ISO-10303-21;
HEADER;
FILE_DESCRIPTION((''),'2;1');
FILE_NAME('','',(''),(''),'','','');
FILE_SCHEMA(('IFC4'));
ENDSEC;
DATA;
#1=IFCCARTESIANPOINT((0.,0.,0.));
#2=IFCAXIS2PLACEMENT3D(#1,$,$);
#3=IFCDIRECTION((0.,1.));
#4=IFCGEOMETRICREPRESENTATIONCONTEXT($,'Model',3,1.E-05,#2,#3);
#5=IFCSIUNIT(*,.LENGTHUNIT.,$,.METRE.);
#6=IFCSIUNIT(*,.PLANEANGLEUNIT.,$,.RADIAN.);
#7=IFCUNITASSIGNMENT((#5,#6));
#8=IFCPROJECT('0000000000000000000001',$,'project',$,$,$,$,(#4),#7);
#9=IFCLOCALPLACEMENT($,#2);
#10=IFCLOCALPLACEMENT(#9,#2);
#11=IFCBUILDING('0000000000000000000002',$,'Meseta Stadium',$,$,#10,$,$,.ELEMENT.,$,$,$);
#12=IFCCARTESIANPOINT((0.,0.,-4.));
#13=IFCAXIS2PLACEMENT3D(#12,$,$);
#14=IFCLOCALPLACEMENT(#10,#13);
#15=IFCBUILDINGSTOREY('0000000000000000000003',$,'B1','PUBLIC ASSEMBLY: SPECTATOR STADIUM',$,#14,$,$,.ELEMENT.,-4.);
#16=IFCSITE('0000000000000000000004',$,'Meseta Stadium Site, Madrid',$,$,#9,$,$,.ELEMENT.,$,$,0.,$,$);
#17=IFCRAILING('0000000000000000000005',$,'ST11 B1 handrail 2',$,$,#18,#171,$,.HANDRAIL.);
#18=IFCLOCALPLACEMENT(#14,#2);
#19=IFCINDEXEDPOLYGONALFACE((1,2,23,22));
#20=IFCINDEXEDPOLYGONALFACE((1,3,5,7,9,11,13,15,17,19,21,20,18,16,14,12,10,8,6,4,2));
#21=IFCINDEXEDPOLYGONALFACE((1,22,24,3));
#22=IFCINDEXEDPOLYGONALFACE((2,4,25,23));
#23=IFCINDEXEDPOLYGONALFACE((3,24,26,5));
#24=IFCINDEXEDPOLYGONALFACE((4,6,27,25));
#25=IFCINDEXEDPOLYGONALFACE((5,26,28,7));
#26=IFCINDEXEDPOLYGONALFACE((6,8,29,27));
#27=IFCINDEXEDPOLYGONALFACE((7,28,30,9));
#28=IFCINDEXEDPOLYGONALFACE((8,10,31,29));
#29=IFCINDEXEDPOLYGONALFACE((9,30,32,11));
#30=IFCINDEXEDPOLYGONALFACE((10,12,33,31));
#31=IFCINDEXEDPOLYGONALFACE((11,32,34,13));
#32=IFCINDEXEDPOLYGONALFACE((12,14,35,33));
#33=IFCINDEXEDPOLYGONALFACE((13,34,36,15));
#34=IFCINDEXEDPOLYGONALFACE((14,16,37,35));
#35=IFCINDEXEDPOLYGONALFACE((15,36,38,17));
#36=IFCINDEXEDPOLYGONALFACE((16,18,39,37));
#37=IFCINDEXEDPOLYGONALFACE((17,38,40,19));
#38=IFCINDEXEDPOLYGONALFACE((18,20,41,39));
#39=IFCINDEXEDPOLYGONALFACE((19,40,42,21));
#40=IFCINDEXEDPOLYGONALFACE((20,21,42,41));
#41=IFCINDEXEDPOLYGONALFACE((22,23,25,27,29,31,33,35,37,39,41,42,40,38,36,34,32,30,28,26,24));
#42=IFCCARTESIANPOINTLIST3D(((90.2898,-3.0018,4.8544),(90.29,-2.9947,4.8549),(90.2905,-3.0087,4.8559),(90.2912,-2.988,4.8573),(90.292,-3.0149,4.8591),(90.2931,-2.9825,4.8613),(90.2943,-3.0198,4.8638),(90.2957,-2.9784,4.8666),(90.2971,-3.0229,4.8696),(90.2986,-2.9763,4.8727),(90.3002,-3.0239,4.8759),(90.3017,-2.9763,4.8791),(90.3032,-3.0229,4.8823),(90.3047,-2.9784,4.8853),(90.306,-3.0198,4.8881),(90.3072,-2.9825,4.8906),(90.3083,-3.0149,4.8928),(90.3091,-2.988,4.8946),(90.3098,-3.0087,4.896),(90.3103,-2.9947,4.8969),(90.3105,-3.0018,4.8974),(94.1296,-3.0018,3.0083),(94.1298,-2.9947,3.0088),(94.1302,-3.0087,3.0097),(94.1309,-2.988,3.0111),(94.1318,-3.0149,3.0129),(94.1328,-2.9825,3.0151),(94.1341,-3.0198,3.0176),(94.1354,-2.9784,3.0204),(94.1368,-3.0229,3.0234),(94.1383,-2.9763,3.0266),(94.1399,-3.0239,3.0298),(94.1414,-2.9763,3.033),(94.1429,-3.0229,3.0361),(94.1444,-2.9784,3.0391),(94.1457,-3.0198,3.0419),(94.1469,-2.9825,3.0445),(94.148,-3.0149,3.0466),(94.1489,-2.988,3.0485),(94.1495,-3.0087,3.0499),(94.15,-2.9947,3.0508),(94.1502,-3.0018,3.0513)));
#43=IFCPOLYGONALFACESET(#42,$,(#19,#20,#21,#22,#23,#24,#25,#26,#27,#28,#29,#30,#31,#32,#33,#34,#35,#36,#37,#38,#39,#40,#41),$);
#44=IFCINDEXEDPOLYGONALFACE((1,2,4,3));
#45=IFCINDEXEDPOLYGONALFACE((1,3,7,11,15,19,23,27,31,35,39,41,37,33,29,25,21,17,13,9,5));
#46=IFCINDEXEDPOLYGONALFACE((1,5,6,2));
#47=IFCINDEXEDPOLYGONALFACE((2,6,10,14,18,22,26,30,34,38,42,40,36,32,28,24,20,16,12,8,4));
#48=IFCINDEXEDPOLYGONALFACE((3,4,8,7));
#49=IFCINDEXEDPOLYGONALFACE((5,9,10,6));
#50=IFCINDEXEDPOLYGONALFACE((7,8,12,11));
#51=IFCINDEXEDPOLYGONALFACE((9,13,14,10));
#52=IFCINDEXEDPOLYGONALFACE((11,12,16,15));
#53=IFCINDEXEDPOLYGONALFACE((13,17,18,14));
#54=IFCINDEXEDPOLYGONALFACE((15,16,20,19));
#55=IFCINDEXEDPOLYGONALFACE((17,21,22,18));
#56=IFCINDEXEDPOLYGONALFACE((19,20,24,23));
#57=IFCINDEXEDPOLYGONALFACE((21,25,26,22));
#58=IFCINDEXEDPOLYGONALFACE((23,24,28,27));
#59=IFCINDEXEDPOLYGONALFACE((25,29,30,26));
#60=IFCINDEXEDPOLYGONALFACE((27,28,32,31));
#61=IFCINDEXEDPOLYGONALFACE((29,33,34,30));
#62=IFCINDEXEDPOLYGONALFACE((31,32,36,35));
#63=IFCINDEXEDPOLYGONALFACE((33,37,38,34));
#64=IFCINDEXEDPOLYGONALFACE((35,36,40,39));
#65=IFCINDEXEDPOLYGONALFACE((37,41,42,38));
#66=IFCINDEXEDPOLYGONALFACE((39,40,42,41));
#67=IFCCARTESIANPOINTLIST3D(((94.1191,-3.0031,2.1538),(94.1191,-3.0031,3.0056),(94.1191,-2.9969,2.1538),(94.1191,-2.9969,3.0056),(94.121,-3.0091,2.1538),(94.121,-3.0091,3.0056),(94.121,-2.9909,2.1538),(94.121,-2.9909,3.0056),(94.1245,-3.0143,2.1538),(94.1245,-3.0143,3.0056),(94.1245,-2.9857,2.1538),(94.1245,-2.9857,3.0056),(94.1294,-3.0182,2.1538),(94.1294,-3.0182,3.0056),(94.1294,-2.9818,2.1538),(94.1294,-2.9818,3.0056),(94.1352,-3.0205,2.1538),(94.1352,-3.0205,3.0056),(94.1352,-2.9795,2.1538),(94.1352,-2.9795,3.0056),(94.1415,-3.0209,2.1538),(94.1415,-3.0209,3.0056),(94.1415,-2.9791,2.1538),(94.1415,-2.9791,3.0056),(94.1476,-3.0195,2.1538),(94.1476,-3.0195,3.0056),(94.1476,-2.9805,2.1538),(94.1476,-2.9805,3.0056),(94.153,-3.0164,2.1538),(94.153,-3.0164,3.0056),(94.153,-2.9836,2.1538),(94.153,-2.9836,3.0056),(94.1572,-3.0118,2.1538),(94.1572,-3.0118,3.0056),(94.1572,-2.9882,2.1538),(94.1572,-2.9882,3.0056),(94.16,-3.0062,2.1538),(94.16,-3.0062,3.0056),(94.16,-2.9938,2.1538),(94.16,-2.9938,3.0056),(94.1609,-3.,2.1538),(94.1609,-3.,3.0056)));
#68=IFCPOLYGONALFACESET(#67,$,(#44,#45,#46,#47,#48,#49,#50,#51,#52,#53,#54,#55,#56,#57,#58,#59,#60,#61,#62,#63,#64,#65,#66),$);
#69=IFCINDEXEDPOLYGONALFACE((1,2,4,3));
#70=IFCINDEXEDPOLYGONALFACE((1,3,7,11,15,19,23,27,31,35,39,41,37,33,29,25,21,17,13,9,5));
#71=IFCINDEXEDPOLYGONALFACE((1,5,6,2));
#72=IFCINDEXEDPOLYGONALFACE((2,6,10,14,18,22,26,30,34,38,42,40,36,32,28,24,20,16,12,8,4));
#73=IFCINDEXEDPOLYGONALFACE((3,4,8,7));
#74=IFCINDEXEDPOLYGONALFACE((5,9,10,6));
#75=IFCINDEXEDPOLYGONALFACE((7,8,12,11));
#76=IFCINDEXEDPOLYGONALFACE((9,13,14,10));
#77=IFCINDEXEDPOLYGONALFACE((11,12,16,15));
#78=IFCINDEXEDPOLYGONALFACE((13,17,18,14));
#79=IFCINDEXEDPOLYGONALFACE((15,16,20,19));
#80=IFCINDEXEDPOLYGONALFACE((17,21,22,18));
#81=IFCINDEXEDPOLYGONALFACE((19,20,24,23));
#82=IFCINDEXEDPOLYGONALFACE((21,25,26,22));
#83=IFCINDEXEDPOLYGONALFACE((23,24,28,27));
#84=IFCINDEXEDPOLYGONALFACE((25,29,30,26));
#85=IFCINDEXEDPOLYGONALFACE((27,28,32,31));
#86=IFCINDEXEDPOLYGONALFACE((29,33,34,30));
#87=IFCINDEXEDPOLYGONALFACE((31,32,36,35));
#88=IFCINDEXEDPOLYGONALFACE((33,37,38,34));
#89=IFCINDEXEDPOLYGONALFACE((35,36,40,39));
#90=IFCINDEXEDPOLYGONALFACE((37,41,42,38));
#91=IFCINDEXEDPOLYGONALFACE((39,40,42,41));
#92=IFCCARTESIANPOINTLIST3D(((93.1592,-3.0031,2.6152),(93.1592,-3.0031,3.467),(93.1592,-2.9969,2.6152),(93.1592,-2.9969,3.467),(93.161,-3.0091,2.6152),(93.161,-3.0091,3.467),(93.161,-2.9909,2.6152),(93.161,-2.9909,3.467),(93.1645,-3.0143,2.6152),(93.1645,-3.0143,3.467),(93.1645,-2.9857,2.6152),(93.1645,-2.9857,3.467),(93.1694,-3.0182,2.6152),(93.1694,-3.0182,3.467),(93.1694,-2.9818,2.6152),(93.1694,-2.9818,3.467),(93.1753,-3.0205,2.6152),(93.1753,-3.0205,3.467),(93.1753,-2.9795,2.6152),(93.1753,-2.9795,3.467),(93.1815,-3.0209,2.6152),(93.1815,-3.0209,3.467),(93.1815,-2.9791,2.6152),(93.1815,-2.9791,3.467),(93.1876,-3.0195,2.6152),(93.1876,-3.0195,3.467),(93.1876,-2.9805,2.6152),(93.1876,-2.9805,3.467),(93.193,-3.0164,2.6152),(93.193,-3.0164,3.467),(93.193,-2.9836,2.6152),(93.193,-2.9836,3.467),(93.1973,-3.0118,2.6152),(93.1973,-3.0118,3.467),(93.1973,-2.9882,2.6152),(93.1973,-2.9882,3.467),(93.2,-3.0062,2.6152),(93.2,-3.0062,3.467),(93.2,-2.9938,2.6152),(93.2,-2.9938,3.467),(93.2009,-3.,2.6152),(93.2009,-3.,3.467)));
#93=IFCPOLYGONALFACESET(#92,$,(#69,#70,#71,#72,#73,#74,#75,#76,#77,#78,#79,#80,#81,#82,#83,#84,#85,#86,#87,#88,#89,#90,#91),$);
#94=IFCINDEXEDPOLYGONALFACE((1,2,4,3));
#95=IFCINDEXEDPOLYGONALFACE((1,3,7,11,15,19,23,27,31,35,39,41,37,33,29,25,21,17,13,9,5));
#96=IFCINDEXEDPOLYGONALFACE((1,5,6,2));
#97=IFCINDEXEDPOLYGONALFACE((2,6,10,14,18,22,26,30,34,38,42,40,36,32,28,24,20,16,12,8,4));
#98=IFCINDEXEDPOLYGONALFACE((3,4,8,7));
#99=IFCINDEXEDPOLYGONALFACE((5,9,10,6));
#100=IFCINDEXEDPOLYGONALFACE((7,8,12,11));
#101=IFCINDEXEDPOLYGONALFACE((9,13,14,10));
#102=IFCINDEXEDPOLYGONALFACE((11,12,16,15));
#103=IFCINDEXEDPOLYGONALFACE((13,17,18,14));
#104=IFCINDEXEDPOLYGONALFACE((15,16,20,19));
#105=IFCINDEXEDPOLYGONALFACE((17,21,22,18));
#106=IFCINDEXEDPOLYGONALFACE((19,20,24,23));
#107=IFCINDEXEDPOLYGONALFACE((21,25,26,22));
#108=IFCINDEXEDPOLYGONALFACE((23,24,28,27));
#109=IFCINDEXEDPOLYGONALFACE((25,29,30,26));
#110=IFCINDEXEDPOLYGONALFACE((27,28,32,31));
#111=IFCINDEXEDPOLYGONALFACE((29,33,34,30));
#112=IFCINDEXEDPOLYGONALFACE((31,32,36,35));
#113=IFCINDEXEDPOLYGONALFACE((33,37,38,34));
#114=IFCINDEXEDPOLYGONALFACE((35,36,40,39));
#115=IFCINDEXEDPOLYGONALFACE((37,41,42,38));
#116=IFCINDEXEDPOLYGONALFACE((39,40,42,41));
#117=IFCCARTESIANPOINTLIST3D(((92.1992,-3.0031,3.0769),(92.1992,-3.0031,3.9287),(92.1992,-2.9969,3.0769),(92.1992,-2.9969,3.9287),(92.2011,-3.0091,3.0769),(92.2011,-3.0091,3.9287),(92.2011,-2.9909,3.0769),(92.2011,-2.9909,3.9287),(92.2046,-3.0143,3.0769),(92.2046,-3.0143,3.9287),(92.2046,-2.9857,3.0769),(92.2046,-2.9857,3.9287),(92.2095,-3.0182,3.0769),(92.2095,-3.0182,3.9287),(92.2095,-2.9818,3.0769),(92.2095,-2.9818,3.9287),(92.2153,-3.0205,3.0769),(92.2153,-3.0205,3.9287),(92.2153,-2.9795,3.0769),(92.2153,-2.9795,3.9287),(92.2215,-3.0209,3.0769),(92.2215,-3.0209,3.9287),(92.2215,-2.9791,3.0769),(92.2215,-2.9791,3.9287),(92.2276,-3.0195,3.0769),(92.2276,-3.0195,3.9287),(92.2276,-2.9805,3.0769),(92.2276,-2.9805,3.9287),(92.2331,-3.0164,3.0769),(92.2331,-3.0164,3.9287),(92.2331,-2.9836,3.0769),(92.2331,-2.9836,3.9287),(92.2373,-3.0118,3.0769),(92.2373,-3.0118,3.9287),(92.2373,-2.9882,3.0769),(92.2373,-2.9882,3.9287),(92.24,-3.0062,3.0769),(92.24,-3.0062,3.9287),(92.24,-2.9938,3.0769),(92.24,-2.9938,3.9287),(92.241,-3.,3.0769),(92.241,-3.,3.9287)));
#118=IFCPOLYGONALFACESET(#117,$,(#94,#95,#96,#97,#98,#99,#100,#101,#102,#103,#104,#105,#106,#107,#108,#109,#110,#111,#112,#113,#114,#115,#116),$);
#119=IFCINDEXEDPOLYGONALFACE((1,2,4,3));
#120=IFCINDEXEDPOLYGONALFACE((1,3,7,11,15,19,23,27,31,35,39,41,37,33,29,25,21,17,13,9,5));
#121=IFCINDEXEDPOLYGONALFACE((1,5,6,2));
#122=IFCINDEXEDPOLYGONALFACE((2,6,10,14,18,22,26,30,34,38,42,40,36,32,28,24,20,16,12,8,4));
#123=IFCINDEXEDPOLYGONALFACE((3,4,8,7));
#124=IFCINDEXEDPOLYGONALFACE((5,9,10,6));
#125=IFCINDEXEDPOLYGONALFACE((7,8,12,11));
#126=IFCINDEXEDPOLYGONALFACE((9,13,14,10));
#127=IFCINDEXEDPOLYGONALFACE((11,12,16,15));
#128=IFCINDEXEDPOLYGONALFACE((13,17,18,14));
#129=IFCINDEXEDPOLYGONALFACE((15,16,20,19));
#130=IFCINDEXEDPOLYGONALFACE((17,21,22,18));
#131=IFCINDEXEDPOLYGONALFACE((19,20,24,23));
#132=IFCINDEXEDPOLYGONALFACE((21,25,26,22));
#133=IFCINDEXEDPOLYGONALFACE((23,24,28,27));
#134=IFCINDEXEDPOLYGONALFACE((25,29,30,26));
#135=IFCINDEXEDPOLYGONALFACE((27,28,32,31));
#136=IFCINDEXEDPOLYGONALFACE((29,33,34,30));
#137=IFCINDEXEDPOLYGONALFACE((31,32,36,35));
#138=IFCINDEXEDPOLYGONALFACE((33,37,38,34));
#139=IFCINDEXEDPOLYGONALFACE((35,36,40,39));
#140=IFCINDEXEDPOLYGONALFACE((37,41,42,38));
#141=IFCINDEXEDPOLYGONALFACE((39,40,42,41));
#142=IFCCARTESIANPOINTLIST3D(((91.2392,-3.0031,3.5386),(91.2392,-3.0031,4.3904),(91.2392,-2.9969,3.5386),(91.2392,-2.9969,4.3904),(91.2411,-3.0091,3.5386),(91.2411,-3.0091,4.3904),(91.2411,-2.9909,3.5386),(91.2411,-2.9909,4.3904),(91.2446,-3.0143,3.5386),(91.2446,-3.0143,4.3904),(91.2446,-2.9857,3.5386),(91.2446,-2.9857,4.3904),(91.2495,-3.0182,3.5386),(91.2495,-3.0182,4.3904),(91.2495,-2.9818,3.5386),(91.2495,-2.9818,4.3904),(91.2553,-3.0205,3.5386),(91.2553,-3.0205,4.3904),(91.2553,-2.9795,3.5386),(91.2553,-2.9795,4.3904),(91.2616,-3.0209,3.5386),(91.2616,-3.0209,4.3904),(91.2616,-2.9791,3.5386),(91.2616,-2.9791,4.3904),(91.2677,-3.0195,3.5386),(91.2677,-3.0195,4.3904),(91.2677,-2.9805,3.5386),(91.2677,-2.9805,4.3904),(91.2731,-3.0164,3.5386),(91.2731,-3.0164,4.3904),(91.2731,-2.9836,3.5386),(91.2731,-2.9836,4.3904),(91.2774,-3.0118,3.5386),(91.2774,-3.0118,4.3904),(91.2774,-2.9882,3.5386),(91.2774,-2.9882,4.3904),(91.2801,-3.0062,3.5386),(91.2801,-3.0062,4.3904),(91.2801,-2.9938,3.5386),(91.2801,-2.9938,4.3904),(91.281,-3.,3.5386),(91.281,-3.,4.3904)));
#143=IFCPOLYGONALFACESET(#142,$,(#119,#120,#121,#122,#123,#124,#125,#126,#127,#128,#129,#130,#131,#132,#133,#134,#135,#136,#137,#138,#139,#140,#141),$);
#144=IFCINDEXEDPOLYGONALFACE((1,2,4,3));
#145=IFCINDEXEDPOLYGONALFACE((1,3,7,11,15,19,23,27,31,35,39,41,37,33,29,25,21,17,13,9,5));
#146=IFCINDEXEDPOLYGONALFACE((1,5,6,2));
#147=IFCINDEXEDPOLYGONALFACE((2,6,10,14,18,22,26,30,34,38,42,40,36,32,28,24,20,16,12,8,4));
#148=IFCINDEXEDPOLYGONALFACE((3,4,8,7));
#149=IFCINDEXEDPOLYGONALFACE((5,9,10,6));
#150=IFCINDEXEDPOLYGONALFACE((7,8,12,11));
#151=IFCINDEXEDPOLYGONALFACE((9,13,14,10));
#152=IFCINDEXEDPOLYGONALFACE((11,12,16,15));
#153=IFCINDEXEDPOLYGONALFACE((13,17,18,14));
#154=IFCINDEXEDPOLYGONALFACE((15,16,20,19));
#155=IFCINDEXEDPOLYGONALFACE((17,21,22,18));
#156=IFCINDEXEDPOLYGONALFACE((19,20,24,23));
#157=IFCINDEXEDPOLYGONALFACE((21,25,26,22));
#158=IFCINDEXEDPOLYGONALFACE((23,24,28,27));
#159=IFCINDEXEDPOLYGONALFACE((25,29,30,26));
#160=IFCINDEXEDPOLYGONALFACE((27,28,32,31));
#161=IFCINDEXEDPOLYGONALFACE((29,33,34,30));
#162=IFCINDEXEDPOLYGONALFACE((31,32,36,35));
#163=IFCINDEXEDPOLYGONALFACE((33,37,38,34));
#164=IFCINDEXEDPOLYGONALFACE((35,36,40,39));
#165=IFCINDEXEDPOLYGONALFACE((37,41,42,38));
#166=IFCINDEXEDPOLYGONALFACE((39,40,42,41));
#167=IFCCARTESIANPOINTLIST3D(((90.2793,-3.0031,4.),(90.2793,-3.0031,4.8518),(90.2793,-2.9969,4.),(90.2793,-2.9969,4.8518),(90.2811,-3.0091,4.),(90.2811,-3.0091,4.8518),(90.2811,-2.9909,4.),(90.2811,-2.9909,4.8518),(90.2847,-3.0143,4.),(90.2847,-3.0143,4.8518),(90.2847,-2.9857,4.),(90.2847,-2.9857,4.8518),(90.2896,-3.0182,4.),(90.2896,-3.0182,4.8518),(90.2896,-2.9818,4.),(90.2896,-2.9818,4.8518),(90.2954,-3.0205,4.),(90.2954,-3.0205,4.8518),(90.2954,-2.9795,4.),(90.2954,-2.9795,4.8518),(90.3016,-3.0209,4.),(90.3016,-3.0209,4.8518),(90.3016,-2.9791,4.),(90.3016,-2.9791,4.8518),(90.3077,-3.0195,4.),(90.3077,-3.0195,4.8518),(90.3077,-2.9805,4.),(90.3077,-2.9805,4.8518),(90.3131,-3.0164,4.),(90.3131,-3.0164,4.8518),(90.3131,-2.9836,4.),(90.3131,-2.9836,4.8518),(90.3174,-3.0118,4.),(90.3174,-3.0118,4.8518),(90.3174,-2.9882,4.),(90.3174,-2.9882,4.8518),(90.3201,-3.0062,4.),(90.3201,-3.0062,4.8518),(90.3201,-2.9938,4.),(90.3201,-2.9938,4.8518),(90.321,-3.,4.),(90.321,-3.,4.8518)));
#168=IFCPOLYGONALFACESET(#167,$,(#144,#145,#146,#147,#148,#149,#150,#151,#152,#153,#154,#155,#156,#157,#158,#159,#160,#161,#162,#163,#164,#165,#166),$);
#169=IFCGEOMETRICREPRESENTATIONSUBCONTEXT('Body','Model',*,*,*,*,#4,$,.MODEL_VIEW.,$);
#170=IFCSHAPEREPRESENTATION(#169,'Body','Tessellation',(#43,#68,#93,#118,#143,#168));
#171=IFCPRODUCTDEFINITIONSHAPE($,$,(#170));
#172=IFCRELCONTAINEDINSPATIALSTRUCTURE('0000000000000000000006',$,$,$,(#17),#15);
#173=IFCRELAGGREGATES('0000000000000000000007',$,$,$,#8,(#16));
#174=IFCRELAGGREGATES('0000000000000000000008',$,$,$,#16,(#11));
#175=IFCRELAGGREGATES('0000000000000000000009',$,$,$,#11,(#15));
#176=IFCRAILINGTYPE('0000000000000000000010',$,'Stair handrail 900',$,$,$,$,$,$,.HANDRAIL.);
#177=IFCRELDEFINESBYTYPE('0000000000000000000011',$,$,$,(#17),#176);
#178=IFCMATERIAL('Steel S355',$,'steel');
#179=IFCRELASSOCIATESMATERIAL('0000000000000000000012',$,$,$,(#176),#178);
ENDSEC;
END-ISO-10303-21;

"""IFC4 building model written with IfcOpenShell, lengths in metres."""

from ifc_helpers import new_model, si_unit, direction, frame, origin, origin_2d, place, context, subcontext, project, spatial, circle, extrude, material, type_object, element, save


model = new_model("IFC4")

# Units and contexts
model_context = context("Model", 3, precision=1e-05, world=origin(), true_north=direction((0.0, 1.0)))
body_context = subcontext(model_context, "Body", "Model", "MODEL_VIEW")
ifc_project = project(units=[si_unit("LENGTHUNIT", "METRE"), si_unit("PLANEANGLEUNIT", "RADIAN")], contexts=[model_context])

# Site, building, storey
site_placement = place(None, origin())
site = spatial("IfcSite", under=ifc_project, at=site_placement, Name="Meseta Stadium Site, Madrid", CompositionType="ELEMENT", RefElevation=0.0)
building_placement = place(site_placement, origin())
building = spatial("IfcBuilding", under=site, at=building_placement, Name="Meseta Stadium", CompositionType="ELEMENT")
storey_placement = place(building_placement, frame((0.0, 0.0, -4.0)))
storey = spatial("IfcBuildingStorey", under=building, at=storey_placement, Name="B1", Description="PUBLIC ASSEMBLY: SPECTATOR STADIUM", CompositionType="ELEMENT", Elevation=-4.0)

# Railing
ifc_material_1 = material(Name="Steel S355", Category="steel")
railing_type_1 = type_object("IfcRailingType", Name="Stair handrail 900", PredefinedType="HANDRAIL", material=ifc_material_1)
for number, where, name in (
    (1, (94.1399, -3.0, 2.1538), "ST11 B1 handrail 2"),
):
    element("IfcRailing", number, at=place(storey_placement, frame(where)), inside=storey, type_object=railing_type_1, Name=name, PredefinedType="HANDRAIL", context=body_context, shape_type="SweptSolid", body=[
        extrude(circle(Radius=0.0239, at=origin_2d()), frame((0.0, 0.0, 0.876), z_axis=(-0.901242, 0.0, 0.433316), x_axis=(0.0, -1.0, 0.0)), (0.0, 0.0, 1.0), 4.2605),
        extrude(circle(Radius=0.021, at=origin_2d()), origin(), (0.0, 0.0, 1.0), 0.8518),
        extrude(circle(Radius=0.021, at=origin_2d()), frame((-0.96, 0.0, 0.4614)), (0.0, 0.0, 1.0), 0.8518),
        extrude(circle(Radius=0.021, at=origin_2d()), frame((-1.9199, 0.0, 0.9231)), (0.0, 0.0, 1.0), 0.8518),
        extrude(circle(Radius=0.021, at=origin_2d()), frame((-2.8799, 0.0, 1.3848)), (0.0, 0.0, 1.0), 0.8518),
        extrude(circle(Radius=0.021, at=origin_2d()), frame((-3.8398, 0.0, 1.8462)), (0.0, 0.0, 1.0), 0.8518),
    ])

save(model, "model.ifc")
